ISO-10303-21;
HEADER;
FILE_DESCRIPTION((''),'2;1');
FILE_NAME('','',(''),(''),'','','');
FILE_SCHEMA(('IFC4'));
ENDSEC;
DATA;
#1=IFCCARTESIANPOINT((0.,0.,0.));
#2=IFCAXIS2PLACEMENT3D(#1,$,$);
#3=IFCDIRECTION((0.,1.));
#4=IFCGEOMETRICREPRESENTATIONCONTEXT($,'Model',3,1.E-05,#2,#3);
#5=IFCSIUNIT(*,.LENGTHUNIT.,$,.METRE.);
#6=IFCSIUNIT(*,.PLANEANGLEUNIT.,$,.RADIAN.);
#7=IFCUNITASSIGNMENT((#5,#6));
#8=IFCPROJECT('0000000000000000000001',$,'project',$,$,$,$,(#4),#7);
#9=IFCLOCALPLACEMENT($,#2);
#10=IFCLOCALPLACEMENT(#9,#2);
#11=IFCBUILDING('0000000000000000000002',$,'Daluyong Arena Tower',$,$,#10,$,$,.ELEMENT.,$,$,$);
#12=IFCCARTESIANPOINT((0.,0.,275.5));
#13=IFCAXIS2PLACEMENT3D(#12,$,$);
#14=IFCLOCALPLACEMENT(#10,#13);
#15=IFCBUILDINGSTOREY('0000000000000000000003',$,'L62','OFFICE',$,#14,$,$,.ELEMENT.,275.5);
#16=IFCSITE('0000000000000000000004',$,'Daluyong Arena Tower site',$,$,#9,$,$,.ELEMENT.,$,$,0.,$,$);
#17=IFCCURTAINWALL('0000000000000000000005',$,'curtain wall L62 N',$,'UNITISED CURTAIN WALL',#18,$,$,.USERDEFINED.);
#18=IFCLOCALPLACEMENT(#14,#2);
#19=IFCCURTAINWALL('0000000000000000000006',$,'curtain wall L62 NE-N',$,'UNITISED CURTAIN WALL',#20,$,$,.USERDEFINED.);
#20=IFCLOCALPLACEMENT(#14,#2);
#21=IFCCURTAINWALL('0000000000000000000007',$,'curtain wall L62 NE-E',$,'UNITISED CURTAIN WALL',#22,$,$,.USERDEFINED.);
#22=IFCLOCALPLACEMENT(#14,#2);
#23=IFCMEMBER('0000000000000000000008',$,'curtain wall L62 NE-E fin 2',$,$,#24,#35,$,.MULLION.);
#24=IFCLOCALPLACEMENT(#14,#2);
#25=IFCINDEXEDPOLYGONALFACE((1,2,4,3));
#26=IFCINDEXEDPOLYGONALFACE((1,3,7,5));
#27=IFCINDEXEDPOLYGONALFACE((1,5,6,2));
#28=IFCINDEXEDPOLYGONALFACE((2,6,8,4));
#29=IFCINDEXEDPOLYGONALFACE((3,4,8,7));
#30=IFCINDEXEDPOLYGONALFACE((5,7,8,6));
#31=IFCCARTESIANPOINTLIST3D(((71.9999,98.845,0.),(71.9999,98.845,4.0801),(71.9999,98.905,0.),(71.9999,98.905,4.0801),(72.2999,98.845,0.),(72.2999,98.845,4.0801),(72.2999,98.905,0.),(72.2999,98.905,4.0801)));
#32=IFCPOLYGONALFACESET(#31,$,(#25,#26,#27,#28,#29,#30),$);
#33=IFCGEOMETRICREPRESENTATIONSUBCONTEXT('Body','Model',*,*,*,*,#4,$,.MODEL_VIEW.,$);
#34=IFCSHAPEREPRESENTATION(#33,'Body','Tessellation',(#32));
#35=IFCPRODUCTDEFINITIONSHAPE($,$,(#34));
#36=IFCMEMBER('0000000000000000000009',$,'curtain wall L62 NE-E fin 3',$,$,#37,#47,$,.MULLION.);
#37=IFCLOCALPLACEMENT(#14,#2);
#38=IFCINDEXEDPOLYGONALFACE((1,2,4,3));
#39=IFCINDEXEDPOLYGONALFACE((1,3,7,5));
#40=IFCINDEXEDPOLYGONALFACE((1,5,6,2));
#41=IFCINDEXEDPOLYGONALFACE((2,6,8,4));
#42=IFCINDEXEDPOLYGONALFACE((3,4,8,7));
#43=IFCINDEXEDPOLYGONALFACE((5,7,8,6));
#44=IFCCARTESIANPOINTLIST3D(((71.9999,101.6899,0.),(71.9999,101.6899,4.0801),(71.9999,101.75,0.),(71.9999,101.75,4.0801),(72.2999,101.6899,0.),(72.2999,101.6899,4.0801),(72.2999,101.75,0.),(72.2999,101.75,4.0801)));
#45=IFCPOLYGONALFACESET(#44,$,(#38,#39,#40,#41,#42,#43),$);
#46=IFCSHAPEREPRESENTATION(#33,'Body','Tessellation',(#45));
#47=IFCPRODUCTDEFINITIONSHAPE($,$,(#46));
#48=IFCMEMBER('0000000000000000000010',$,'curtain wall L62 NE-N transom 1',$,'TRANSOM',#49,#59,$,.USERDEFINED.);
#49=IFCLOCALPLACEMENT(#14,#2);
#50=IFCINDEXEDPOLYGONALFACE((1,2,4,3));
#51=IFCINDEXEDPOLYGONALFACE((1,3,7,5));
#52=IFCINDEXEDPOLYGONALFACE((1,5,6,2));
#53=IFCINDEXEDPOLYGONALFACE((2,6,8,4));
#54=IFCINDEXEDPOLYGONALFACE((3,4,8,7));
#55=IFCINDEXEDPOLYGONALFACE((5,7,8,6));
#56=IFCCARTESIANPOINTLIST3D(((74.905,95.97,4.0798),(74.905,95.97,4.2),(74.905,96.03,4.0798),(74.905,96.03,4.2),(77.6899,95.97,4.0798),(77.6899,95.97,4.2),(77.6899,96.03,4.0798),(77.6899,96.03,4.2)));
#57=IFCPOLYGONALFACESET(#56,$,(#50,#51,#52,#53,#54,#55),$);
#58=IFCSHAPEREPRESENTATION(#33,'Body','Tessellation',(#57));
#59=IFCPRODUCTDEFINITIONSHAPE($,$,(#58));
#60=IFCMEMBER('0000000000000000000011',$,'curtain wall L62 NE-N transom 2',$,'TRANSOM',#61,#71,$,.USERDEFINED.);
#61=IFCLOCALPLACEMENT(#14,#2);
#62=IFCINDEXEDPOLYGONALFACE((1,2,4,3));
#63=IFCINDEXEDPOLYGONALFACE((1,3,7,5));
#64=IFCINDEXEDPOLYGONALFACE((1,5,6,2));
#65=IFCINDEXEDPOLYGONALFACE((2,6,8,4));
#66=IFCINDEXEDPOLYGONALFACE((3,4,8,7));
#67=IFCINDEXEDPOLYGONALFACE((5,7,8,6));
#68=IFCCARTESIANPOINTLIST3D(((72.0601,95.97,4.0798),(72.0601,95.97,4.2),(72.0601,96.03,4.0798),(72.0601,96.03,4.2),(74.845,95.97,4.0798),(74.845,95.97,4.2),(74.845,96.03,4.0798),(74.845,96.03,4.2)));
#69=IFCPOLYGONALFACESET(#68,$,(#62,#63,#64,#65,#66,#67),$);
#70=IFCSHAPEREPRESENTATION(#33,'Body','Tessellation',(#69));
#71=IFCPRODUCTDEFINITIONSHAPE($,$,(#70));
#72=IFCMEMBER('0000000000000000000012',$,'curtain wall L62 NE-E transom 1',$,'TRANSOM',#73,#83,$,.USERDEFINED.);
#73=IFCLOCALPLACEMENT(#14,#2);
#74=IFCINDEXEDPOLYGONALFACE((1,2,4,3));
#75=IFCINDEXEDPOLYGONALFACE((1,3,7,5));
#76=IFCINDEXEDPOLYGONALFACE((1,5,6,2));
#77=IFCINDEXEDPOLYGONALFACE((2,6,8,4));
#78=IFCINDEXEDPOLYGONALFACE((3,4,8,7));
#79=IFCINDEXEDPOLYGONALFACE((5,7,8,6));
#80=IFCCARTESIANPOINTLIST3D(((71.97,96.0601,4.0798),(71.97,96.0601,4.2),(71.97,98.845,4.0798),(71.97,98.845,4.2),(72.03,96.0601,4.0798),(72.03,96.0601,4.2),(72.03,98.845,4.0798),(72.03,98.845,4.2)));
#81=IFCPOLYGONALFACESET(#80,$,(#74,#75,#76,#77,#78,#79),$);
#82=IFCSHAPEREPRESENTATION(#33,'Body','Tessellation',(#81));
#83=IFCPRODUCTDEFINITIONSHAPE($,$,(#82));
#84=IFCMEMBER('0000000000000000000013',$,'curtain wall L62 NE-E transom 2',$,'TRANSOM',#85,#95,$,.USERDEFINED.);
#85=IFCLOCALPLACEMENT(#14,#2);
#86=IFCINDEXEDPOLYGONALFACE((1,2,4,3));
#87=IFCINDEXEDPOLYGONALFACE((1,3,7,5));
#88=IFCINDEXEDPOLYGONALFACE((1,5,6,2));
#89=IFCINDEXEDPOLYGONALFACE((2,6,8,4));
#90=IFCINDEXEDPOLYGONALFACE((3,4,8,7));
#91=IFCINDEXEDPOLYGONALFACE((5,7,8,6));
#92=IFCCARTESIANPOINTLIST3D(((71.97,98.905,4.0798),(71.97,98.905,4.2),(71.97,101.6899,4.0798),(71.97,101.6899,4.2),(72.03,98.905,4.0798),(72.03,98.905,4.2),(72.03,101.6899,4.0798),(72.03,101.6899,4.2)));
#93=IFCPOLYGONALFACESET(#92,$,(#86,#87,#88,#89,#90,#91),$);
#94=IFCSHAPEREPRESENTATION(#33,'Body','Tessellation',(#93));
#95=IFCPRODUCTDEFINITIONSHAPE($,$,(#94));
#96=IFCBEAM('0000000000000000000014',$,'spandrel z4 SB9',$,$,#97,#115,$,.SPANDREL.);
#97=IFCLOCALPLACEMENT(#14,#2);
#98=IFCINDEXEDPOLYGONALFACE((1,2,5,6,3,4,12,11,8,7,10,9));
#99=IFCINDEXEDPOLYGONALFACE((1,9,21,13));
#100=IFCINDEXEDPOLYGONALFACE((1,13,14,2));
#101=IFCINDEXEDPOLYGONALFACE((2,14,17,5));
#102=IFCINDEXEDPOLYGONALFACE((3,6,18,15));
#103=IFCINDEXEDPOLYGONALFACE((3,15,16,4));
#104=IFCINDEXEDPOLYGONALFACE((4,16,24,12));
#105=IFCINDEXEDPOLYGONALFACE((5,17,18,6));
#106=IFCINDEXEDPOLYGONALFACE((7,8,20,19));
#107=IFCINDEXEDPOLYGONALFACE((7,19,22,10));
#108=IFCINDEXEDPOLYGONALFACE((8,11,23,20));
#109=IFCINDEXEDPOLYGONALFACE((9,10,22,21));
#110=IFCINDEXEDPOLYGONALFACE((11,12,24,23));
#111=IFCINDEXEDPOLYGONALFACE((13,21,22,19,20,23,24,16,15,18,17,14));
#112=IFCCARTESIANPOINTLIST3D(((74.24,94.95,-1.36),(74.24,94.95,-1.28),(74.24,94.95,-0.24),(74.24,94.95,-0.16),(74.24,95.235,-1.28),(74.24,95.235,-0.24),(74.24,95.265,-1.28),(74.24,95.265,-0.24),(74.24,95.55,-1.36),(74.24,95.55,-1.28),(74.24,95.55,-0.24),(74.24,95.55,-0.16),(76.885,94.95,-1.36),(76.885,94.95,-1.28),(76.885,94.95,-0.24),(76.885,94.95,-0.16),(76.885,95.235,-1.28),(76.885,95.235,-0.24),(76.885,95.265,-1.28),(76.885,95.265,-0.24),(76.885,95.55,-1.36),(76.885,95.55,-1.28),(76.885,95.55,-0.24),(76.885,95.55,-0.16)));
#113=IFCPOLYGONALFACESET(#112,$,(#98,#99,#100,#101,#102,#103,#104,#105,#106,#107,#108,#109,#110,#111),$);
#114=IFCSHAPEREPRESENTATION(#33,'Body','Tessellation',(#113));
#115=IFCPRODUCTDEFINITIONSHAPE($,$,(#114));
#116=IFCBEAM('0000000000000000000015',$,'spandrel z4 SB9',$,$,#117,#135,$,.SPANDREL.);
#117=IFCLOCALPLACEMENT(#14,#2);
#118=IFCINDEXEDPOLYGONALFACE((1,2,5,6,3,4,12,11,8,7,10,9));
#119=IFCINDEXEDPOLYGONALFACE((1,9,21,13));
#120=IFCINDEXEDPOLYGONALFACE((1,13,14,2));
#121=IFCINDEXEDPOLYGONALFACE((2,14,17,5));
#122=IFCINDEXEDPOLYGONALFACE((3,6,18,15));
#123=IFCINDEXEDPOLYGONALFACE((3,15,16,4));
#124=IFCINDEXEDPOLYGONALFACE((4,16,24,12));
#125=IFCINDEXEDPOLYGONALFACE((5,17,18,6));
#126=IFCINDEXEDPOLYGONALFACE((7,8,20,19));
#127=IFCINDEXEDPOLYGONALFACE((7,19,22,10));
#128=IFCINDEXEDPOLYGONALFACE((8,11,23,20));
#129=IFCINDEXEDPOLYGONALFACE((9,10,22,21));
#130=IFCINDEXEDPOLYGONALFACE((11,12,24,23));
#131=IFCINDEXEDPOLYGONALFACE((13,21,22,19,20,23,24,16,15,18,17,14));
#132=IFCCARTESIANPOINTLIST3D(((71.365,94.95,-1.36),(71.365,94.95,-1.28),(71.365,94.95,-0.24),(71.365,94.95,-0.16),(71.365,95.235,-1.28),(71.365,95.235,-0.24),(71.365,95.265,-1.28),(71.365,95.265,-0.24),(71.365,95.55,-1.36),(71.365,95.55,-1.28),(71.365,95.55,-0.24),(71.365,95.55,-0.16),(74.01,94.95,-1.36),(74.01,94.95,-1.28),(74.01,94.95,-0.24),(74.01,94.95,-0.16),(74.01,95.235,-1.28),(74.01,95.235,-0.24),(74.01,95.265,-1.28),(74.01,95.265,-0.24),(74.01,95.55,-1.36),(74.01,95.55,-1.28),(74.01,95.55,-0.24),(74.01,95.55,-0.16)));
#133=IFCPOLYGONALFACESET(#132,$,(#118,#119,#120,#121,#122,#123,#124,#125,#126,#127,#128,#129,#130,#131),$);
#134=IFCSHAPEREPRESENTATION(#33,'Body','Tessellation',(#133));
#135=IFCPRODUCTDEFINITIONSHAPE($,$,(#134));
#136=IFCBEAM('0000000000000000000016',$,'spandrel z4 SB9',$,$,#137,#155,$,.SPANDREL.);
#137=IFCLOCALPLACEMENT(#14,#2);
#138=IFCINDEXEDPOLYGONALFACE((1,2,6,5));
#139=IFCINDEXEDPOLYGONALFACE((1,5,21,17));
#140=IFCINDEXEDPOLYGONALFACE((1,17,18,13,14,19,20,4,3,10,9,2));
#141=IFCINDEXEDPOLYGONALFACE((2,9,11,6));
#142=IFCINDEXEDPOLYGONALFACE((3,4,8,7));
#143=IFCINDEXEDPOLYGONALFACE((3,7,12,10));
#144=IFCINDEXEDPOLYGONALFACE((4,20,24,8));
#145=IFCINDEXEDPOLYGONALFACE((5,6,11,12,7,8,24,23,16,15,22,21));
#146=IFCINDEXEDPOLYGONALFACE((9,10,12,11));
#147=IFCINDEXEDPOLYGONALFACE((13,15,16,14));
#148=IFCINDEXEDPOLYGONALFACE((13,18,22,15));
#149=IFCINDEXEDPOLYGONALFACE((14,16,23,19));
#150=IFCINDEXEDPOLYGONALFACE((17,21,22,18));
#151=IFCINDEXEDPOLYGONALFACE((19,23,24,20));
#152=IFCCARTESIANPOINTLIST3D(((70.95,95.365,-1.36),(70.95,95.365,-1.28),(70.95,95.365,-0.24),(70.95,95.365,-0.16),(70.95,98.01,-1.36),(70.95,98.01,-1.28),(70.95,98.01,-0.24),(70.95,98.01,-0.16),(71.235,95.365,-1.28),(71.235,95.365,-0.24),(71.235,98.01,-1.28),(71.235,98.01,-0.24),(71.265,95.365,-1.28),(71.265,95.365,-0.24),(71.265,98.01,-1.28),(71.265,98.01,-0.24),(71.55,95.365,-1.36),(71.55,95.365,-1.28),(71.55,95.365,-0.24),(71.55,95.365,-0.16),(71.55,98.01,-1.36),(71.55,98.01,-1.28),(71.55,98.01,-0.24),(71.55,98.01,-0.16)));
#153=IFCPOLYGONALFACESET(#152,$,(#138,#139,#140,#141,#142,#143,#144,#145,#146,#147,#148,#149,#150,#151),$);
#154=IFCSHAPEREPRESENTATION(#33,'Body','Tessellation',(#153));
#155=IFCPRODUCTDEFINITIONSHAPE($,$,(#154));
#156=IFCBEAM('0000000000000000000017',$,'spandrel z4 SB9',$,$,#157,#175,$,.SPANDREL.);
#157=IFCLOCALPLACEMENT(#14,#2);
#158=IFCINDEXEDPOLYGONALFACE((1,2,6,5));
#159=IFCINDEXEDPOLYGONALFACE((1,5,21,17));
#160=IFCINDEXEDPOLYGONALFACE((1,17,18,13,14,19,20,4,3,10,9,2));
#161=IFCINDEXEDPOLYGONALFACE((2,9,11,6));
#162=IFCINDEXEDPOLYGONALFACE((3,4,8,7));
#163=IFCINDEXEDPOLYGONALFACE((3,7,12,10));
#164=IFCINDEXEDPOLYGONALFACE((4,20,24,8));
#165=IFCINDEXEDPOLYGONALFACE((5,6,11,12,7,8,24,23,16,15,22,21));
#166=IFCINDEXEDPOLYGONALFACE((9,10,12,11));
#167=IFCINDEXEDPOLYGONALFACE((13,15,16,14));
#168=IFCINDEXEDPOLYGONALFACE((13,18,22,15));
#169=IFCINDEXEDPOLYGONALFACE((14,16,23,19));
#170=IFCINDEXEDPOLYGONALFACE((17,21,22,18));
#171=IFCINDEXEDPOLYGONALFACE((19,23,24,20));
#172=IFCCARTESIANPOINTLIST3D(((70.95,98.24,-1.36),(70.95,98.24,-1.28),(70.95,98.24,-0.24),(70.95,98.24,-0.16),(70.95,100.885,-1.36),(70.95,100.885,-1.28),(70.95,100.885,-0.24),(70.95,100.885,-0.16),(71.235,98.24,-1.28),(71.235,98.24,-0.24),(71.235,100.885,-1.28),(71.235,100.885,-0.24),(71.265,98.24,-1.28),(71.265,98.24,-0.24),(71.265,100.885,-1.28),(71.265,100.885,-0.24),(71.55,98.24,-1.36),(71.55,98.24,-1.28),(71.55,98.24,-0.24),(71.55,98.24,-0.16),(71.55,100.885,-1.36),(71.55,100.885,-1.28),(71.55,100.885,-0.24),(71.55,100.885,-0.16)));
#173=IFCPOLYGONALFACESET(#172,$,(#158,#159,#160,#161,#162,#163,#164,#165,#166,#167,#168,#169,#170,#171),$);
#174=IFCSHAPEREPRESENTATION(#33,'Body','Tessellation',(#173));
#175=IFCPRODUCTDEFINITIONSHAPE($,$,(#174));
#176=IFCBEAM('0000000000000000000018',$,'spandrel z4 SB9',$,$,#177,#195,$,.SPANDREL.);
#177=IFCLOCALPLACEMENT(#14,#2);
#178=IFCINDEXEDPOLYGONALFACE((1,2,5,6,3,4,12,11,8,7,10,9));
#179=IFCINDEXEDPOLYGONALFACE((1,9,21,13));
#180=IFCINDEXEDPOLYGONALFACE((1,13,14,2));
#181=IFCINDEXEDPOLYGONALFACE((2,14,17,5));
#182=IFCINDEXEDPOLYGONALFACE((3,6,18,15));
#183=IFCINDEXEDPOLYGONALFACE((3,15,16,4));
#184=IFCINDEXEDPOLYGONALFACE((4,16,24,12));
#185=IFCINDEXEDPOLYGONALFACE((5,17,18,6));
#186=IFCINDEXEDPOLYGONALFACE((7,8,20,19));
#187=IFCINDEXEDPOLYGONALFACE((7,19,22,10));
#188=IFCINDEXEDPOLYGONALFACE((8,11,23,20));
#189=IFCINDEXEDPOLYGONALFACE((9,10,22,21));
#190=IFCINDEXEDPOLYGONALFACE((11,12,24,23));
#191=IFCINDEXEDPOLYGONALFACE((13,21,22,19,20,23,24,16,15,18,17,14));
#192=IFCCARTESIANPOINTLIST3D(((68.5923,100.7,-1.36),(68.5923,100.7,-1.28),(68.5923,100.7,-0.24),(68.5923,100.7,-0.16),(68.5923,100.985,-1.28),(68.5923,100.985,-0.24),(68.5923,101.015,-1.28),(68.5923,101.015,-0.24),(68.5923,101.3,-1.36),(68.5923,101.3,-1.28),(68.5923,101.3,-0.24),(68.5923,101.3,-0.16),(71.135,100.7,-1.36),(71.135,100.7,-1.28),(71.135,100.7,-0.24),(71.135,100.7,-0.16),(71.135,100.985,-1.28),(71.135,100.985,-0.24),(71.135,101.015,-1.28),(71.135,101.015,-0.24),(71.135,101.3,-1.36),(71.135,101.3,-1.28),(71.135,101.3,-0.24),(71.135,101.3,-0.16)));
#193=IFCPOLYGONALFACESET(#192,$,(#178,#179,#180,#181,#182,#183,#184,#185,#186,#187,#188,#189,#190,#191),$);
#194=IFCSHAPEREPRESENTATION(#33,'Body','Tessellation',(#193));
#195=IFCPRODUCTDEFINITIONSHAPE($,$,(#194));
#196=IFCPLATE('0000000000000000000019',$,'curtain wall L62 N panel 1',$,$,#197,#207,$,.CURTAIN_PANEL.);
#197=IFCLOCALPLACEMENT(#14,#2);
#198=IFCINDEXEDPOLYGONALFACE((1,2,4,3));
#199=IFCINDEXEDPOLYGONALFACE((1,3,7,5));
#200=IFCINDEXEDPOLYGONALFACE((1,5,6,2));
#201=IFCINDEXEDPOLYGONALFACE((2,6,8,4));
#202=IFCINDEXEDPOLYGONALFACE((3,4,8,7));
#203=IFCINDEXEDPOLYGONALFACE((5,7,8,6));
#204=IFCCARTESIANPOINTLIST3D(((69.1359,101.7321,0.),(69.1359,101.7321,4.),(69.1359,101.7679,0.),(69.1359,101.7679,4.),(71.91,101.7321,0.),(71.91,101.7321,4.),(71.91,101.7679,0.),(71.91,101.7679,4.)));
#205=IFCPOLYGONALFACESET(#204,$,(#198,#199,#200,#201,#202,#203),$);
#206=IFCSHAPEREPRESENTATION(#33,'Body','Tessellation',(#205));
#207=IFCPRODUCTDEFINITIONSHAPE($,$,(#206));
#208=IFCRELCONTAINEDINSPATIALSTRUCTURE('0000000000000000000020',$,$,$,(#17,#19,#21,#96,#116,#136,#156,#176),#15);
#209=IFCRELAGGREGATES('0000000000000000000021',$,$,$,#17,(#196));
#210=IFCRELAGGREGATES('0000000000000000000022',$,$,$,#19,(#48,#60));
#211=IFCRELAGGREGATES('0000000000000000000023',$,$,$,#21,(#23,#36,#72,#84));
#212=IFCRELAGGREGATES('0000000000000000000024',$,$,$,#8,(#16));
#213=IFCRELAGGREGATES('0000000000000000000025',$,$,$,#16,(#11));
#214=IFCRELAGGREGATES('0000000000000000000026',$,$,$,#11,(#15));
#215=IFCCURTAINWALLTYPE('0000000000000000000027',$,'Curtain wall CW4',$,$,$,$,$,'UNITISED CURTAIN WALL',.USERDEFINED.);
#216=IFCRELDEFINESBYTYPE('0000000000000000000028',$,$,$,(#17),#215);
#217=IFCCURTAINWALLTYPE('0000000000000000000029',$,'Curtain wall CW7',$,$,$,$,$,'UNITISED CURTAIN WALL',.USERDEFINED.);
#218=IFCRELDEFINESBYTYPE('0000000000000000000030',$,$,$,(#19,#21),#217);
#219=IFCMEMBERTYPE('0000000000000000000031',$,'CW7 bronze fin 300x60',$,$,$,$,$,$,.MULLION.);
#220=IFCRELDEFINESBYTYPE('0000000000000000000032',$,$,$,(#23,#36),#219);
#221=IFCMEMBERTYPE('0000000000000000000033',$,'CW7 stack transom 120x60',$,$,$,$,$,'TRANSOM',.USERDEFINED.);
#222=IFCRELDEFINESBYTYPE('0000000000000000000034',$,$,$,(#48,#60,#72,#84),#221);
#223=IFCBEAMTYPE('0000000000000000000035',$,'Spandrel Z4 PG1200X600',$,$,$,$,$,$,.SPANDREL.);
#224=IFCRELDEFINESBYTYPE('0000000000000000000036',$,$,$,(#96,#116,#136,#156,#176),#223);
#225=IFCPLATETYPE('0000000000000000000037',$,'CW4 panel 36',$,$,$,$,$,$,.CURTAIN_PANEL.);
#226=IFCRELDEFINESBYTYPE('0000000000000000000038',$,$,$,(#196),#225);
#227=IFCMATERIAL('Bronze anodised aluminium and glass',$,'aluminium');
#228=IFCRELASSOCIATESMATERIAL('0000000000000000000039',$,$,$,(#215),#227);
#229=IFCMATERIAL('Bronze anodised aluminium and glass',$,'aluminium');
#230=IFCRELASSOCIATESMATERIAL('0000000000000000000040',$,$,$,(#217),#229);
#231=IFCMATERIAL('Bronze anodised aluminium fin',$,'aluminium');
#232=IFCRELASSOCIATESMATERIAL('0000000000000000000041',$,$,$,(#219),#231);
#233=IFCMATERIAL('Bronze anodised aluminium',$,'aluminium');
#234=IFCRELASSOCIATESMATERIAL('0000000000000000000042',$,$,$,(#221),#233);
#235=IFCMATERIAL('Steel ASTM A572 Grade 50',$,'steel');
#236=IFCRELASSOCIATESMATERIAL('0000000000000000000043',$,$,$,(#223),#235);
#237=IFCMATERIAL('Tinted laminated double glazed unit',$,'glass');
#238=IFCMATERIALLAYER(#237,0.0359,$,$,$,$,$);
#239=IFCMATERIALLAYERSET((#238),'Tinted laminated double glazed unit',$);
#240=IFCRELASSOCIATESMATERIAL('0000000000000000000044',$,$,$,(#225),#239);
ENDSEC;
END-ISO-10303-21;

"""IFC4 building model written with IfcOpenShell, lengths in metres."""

from ifc_helpers import new_model, si_unit, direction, frame, origin, origin_2d, place, context, subcontext, project, spatial, rectangle, i_section, extrude, material, layer, layer_set, material_profile, profile_set, type_object, element, aggregate, save


model = new_model("IFC4")

# Units and contexts
model_context = context("Model", 3, precision=1e-05, world=origin(), true_north=direction((0.0, 1.0)))
body_context = subcontext(model_context, "Body", "Model", "MODEL_VIEW")
ifc_project = project(units=[si_unit("LENGTHUNIT", "METRE"), si_unit("PLANEANGLEUNIT", "RADIAN")], contexts=[model_context])

# Site, building, storey
site_placement = place(None, origin())
site = spatial("IfcSite", under=ifc_project, at=site_placement, Name="Daluyong Arena Tower site", CompositionType="ELEMENT", RefElevation=0.0)
building_placement = place(site_placement, origin())
building = spatial("IfcBuilding", under=site, at=building_placement, Name="Daluyong Arena Tower", CompositionType="ELEMENT")
storey_placement = place(building_placement, frame((0.0, 0.0, 275.5)))
storey = spatial("IfcBuildingStorey", under=building, at=storey_placement, Name="L62", Description="OFFICE", CompositionType="ELEMENT", Elevation=275.5)

# Shared definitions
ifc_material_1 = material(Name="Bronze anodised aluminium and glass", Category="aluminium")
curtain_wall_type_1 = type_object("IfcCurtainWallType", Name="Curtain wall CW4", ElementType="UNITISED CURTAIN WALL", PredefinedType="USERDEFINED", material=ifc_material_1)

# Curtain walls, members
curtain_wall_1_placement = place(storey_placement, origin())
curtain_wall_1 = element("IfcCurtainWall", 1, at=curtain_wall_1_placement, inside=storey, type_object=curtain_wall_type_1, Name="curtain wall L62 N", ObjectType="UNITISED CURTAIN WALL", PredefinedType="USERDEFINED")
ifc_material_2 = material(Name="Bronze anodised aluminium and glass", Category="aluminium")
curtain_wall_type_2 = type_object("IfcCurtainWallType", Name="Curtain wall CW7", ElementType="UNITISED CURTAIN WALL", PredefinedType="USERDEFINED", material=ifc_material_2)
curtain_wall_2_placement = place(storey_placement, origin())
curtain_wall_2 = element("IfcCurtainWall", 2, at=curtain_wall_2_placement, inside=storey, type_object=curtain_wall_type_2, Name="curtain wall L62 NE-N", ObjectType="UNITISED CURTAIN WALL", PredefinedType="USERDEFINED")
ifc_material_3 = material(Name="Bronze anodised aluminium fin", Category="aluminium")
ifc_material_profile_1 = material_profile(ifc_material_3, rectangle(XDim=0.3, YDim=0.0601, at=origin_2d()))
ifc_profile_set_1 = profile_set([ifc_material_profile_1], Name="Bronze anodised aluminium fin")
member_type_1 = type_object("IfcMemberType", Name="CW7 bronze fin 300x60", PredefinedType="MULLION", material=ifc_profile_set_1)
curtain_wall_3_placement = place(storey_placement, origin())
curtain_wall_3 = element("IfcCurtainWall", 3, at=curtain_wall_3_placement, inside=storey, type_object=curtain_wall_type_2, Name="curtain wall L62 NE-E", ObjectType="UNITISED CURTAIN WALL", PredefinedType="USERDEFINED")
member_1_placement = place(storey_placement, frame((72.1499, 98.875, 0.0), z_axis=(0.0, 0.0, 1.0), x_axis=(-1.0, 0.0, 0.0)))
member_1 = element("IfcMember", 4, at=member_1_placement, type_object=member_type_1, Name="curtain wall L62 NE-E fin 2", PredefinedType="MULLION", context=body_context, shape_type="SweptSolid", body=[
    extrude(rectangle(XDim=0.3, YDim=0.0601, at=origin_2d()), origin(), (0.0, 0.0, 1.0), 4.0801),
])
member_2_placement = place(storey_placement, frame((72.1499, 101.72, 0.0), z_axis=(0.0, 0.0, 1.0), x_axis=(-1.0, 0.0, 0.0)))
member_2 = element("IfcMember", 5, at=member_2_placement, type_object=member_type_1, Name="curtain wall L62 NE-E fin 3", PredefinedType="MULLION", context=body_context, shape_type="SweptSolid", body=[
    extrude(rectangle(XDim=0.3, YDim=0.0601, at=origin_2d()), origin(), (0.0, 0.0, 1.0), 4.0801),
])

# Members
ifc_material_4 = material(Name="Bronze anodised aluminium", Category="aluminium")
ifc_material_profile_2 = material_profile(ifc_material_4, rectangle(XDim=0.0601, YDim=0.1201, at=origin_2d()))
ifc_profile_set_2 = profile_set([ifc_material_profile_2], Name="Bronze anodised aluminium")
member_type_2 = type_object("IfcMemberType", Name="CW7 stack transom 120x60", ElementType="TRANSOM", PredefinedType="USERDEFINED", material=ifc_profile_set_2)
member_3_placement = place(storey_placement, frame((77.6899, 96.0, 4.1399), z_axis=(-1.0, 0.0, 0.0), x_axis=(0.0, -1.0, 0.0)))
member_3 = element("IfcMember", 6, at=member_3_placement, type_object=member_type_2, Name="curtain wall L62 NE-N transom 1", ObjectType="TRANSOM", PredefinedType="USERDEFINED", context=body_context, shape_type="SweptSolid", body=[
    extrude(rectangle(XDim=0.0601, YDim=0.1201, at=origin_2d()), origin(), (0.0, 0.0, 1.0), 2.7849),
])
member_4_placement = place(storey_placement, frame((74.845, 96.0, 4.1399), z_axis=(-1.0, 0.0, 0.0), x_axis=(0.0, -1.0, 0.0)))
member_4 = element("IfcMember", 7, at=member_4_placement, type_object=member_type_2, Name="curtain wall L62 NE-N transom 2", ObjectType="TRANSOM", PredefinedType="USERDEFINED", context=body_context, shape_type="SweptSolid", body=[
    extrude(rectangle(XDim=0.0601, YDim=0.1201, at=origin_2d()), origin(), (0.0, 0.0, 1.0), 2.7849),
])
member_5_placement = place(storey_placement, frame((72.0, 96.0601, 4.1399), z_axis=(0.0, 1.0, 0.0), x_axis=(-1.0, 0.0, 0.0)))
member_5 = element("IfcMember", 8, at=member_5_placement, type_object=member_type_2, Name="curtain wall L62 NE-E transom 1", ObjectType="TRANSOM", PredefinedType="USERDEFINED", context=body_context, shape_type="SweptSolid", body=[
    extrude(rectangle(XDim=0.0601, YDim=0.1201, at=origin_2d()), origin(), (0.0, 0.0, 1.0), 2.7849),
])
member_6_placement = place(storey_placement, frame((72.0, 98.905, 4.1399), z_axis=(0.0, 1.0, 0.0), x_axis=(-1.0, 0.0, 0.0)))
member_6 = element("IfcMember", 9, at=member_6_placement, type_object=member_type_2, Name="curtain wall L62 NE-E transom 2", ObjectType="TRANSOM", PredefinedType="USERDEFINED", context=body_context, shape_type="SweptSolid", body=[
    extrude(rectangle(XDim=0.0601, YDim=0.1201, at=origin_2d()), origin(), (0.0, 0.0, 1.0), 2.7849),
])

# Beams
ifc_material_5 = material(Name="Steel ASTM A572 Grade 50", Category="steel")
ifc_material_profile_3 = material_profile(ifc_material_5, i_section(OverallWidth=0.6001, OverallDepth=1.2, WebThickness=0.03, FlangeThickness=0.08, at=origin_2d()))
ifc_profile_set_3 = profile_set([ifc_material_profile_3], Name="Steel ASTM A572 Grade 50")
beam_type = type_object("IfcBeamType", Name="Spandrel Z4 PG1200X600", PredefinedType="SPANDREL", material=ifc_profile_set_3)
for number, where, z_axis, x_axis, name in (
    (10, (76.885, 95.25, -0.76), (-1.0, 0.0, 0.0), (0.0, -1.0, 0.0), "spandrel z4 SB9"),
    (11, (74.01, 95.25, -0.76), (-1.0, 0.0, 0.0), (0.0, -1.0, 0.0), "spandrel z4 SB9"),
    (12, (71.25, 95.365, -0.76), (0.0, 1.0, 0.0), (-1.0, 0.0, 0.0), "spandrel z4 SB9"),
    (13, (71.25, 98.24, -0.76), (0.0, 1.0, 0.0), (-1.0, 0.0, 0.0), "spandrel z4 SB9"),
):
    element("IfcBeam", number, at=place(storey_placement, frame(where, z_axis=z_axis, x_axis=x_axis)), inside=storey, type_object=beam_type, Name=name, PredefinedType="SPANDREL", context=body_context, shape_type="SweptSolid", body=[
        extrude(i_section(OverallWidth=0.6001, OverallDepth=1.2, WebThickness=0.03, FlangeThickness=0.08, at=origin_2d()), origin(), (0.0, 0.0, 1.0), 2.645),
    ])
beam_placement = place(storey_placement, frame((71.135, 101.0, -0.76), z_axis=(-1.0, 0.0, 0.0), x_axis=(0.0, -1.0, 0.0)))
element("IfcBeam", 14, at=beam_placement, inside=storey, type_object=beam_type, Name="spandrel z4 SB9", PredefinedType="SPANDREL", context=body_context, shape_type="SweptSolid", body=[
    extrude(i_section(OverallWidth=0.6001, OverallDepth=1.2, WebThickness=0.03, FlangeThickness=0.08, at=origin_2d()), origin(), (0.0, 0.0, 1.0), 2.5427),
])

# Plate
ifc_material_6 = material(Name="Tinted laminated double glazed unit", Category="glass")
ifc_layer_1 = layer(ifc_material_6, 0.0359)
ifc_layer_set_1 = layer_set([ifc_layer_1], Name="Tinted laminated double glazed unit")
plate_type_1 = type_object("IfcPlateType", Name="CW4 panel 36", PredefinedType="CURTAIN_PANEL", material=ifc_layer_set_1)
plate_1_placement = place(storey_placement, frame((70.5229, 101.75, 0.0), z_axis=(0.0, 0.0, 1.0), x_axis=(-1.0, 0.0, 0.0)))
plate_1 = element("IfcPlate", 15, at=plate_1_placement, type_object=plate_type_1, Name="curtain wall L62 N panel 1", PredefinedType="CURTAIN_PANEL", context=body_context, shape_type="SweptSolid", body=[
    extrude(rectangle(XDim=2.7742, YDim=0.0359, at=origin_2d()), origin(), (0.0, 0.0, 1.0), 4.0),
])
aggregate(curtain_wall_1, [plate_1])
aggregate(curtain_wall_2, [member_3, member_4])
aggregate(curtain_wall_3, [member_1, member_2, member_5, member_6])

save(model, "model.ifc")
